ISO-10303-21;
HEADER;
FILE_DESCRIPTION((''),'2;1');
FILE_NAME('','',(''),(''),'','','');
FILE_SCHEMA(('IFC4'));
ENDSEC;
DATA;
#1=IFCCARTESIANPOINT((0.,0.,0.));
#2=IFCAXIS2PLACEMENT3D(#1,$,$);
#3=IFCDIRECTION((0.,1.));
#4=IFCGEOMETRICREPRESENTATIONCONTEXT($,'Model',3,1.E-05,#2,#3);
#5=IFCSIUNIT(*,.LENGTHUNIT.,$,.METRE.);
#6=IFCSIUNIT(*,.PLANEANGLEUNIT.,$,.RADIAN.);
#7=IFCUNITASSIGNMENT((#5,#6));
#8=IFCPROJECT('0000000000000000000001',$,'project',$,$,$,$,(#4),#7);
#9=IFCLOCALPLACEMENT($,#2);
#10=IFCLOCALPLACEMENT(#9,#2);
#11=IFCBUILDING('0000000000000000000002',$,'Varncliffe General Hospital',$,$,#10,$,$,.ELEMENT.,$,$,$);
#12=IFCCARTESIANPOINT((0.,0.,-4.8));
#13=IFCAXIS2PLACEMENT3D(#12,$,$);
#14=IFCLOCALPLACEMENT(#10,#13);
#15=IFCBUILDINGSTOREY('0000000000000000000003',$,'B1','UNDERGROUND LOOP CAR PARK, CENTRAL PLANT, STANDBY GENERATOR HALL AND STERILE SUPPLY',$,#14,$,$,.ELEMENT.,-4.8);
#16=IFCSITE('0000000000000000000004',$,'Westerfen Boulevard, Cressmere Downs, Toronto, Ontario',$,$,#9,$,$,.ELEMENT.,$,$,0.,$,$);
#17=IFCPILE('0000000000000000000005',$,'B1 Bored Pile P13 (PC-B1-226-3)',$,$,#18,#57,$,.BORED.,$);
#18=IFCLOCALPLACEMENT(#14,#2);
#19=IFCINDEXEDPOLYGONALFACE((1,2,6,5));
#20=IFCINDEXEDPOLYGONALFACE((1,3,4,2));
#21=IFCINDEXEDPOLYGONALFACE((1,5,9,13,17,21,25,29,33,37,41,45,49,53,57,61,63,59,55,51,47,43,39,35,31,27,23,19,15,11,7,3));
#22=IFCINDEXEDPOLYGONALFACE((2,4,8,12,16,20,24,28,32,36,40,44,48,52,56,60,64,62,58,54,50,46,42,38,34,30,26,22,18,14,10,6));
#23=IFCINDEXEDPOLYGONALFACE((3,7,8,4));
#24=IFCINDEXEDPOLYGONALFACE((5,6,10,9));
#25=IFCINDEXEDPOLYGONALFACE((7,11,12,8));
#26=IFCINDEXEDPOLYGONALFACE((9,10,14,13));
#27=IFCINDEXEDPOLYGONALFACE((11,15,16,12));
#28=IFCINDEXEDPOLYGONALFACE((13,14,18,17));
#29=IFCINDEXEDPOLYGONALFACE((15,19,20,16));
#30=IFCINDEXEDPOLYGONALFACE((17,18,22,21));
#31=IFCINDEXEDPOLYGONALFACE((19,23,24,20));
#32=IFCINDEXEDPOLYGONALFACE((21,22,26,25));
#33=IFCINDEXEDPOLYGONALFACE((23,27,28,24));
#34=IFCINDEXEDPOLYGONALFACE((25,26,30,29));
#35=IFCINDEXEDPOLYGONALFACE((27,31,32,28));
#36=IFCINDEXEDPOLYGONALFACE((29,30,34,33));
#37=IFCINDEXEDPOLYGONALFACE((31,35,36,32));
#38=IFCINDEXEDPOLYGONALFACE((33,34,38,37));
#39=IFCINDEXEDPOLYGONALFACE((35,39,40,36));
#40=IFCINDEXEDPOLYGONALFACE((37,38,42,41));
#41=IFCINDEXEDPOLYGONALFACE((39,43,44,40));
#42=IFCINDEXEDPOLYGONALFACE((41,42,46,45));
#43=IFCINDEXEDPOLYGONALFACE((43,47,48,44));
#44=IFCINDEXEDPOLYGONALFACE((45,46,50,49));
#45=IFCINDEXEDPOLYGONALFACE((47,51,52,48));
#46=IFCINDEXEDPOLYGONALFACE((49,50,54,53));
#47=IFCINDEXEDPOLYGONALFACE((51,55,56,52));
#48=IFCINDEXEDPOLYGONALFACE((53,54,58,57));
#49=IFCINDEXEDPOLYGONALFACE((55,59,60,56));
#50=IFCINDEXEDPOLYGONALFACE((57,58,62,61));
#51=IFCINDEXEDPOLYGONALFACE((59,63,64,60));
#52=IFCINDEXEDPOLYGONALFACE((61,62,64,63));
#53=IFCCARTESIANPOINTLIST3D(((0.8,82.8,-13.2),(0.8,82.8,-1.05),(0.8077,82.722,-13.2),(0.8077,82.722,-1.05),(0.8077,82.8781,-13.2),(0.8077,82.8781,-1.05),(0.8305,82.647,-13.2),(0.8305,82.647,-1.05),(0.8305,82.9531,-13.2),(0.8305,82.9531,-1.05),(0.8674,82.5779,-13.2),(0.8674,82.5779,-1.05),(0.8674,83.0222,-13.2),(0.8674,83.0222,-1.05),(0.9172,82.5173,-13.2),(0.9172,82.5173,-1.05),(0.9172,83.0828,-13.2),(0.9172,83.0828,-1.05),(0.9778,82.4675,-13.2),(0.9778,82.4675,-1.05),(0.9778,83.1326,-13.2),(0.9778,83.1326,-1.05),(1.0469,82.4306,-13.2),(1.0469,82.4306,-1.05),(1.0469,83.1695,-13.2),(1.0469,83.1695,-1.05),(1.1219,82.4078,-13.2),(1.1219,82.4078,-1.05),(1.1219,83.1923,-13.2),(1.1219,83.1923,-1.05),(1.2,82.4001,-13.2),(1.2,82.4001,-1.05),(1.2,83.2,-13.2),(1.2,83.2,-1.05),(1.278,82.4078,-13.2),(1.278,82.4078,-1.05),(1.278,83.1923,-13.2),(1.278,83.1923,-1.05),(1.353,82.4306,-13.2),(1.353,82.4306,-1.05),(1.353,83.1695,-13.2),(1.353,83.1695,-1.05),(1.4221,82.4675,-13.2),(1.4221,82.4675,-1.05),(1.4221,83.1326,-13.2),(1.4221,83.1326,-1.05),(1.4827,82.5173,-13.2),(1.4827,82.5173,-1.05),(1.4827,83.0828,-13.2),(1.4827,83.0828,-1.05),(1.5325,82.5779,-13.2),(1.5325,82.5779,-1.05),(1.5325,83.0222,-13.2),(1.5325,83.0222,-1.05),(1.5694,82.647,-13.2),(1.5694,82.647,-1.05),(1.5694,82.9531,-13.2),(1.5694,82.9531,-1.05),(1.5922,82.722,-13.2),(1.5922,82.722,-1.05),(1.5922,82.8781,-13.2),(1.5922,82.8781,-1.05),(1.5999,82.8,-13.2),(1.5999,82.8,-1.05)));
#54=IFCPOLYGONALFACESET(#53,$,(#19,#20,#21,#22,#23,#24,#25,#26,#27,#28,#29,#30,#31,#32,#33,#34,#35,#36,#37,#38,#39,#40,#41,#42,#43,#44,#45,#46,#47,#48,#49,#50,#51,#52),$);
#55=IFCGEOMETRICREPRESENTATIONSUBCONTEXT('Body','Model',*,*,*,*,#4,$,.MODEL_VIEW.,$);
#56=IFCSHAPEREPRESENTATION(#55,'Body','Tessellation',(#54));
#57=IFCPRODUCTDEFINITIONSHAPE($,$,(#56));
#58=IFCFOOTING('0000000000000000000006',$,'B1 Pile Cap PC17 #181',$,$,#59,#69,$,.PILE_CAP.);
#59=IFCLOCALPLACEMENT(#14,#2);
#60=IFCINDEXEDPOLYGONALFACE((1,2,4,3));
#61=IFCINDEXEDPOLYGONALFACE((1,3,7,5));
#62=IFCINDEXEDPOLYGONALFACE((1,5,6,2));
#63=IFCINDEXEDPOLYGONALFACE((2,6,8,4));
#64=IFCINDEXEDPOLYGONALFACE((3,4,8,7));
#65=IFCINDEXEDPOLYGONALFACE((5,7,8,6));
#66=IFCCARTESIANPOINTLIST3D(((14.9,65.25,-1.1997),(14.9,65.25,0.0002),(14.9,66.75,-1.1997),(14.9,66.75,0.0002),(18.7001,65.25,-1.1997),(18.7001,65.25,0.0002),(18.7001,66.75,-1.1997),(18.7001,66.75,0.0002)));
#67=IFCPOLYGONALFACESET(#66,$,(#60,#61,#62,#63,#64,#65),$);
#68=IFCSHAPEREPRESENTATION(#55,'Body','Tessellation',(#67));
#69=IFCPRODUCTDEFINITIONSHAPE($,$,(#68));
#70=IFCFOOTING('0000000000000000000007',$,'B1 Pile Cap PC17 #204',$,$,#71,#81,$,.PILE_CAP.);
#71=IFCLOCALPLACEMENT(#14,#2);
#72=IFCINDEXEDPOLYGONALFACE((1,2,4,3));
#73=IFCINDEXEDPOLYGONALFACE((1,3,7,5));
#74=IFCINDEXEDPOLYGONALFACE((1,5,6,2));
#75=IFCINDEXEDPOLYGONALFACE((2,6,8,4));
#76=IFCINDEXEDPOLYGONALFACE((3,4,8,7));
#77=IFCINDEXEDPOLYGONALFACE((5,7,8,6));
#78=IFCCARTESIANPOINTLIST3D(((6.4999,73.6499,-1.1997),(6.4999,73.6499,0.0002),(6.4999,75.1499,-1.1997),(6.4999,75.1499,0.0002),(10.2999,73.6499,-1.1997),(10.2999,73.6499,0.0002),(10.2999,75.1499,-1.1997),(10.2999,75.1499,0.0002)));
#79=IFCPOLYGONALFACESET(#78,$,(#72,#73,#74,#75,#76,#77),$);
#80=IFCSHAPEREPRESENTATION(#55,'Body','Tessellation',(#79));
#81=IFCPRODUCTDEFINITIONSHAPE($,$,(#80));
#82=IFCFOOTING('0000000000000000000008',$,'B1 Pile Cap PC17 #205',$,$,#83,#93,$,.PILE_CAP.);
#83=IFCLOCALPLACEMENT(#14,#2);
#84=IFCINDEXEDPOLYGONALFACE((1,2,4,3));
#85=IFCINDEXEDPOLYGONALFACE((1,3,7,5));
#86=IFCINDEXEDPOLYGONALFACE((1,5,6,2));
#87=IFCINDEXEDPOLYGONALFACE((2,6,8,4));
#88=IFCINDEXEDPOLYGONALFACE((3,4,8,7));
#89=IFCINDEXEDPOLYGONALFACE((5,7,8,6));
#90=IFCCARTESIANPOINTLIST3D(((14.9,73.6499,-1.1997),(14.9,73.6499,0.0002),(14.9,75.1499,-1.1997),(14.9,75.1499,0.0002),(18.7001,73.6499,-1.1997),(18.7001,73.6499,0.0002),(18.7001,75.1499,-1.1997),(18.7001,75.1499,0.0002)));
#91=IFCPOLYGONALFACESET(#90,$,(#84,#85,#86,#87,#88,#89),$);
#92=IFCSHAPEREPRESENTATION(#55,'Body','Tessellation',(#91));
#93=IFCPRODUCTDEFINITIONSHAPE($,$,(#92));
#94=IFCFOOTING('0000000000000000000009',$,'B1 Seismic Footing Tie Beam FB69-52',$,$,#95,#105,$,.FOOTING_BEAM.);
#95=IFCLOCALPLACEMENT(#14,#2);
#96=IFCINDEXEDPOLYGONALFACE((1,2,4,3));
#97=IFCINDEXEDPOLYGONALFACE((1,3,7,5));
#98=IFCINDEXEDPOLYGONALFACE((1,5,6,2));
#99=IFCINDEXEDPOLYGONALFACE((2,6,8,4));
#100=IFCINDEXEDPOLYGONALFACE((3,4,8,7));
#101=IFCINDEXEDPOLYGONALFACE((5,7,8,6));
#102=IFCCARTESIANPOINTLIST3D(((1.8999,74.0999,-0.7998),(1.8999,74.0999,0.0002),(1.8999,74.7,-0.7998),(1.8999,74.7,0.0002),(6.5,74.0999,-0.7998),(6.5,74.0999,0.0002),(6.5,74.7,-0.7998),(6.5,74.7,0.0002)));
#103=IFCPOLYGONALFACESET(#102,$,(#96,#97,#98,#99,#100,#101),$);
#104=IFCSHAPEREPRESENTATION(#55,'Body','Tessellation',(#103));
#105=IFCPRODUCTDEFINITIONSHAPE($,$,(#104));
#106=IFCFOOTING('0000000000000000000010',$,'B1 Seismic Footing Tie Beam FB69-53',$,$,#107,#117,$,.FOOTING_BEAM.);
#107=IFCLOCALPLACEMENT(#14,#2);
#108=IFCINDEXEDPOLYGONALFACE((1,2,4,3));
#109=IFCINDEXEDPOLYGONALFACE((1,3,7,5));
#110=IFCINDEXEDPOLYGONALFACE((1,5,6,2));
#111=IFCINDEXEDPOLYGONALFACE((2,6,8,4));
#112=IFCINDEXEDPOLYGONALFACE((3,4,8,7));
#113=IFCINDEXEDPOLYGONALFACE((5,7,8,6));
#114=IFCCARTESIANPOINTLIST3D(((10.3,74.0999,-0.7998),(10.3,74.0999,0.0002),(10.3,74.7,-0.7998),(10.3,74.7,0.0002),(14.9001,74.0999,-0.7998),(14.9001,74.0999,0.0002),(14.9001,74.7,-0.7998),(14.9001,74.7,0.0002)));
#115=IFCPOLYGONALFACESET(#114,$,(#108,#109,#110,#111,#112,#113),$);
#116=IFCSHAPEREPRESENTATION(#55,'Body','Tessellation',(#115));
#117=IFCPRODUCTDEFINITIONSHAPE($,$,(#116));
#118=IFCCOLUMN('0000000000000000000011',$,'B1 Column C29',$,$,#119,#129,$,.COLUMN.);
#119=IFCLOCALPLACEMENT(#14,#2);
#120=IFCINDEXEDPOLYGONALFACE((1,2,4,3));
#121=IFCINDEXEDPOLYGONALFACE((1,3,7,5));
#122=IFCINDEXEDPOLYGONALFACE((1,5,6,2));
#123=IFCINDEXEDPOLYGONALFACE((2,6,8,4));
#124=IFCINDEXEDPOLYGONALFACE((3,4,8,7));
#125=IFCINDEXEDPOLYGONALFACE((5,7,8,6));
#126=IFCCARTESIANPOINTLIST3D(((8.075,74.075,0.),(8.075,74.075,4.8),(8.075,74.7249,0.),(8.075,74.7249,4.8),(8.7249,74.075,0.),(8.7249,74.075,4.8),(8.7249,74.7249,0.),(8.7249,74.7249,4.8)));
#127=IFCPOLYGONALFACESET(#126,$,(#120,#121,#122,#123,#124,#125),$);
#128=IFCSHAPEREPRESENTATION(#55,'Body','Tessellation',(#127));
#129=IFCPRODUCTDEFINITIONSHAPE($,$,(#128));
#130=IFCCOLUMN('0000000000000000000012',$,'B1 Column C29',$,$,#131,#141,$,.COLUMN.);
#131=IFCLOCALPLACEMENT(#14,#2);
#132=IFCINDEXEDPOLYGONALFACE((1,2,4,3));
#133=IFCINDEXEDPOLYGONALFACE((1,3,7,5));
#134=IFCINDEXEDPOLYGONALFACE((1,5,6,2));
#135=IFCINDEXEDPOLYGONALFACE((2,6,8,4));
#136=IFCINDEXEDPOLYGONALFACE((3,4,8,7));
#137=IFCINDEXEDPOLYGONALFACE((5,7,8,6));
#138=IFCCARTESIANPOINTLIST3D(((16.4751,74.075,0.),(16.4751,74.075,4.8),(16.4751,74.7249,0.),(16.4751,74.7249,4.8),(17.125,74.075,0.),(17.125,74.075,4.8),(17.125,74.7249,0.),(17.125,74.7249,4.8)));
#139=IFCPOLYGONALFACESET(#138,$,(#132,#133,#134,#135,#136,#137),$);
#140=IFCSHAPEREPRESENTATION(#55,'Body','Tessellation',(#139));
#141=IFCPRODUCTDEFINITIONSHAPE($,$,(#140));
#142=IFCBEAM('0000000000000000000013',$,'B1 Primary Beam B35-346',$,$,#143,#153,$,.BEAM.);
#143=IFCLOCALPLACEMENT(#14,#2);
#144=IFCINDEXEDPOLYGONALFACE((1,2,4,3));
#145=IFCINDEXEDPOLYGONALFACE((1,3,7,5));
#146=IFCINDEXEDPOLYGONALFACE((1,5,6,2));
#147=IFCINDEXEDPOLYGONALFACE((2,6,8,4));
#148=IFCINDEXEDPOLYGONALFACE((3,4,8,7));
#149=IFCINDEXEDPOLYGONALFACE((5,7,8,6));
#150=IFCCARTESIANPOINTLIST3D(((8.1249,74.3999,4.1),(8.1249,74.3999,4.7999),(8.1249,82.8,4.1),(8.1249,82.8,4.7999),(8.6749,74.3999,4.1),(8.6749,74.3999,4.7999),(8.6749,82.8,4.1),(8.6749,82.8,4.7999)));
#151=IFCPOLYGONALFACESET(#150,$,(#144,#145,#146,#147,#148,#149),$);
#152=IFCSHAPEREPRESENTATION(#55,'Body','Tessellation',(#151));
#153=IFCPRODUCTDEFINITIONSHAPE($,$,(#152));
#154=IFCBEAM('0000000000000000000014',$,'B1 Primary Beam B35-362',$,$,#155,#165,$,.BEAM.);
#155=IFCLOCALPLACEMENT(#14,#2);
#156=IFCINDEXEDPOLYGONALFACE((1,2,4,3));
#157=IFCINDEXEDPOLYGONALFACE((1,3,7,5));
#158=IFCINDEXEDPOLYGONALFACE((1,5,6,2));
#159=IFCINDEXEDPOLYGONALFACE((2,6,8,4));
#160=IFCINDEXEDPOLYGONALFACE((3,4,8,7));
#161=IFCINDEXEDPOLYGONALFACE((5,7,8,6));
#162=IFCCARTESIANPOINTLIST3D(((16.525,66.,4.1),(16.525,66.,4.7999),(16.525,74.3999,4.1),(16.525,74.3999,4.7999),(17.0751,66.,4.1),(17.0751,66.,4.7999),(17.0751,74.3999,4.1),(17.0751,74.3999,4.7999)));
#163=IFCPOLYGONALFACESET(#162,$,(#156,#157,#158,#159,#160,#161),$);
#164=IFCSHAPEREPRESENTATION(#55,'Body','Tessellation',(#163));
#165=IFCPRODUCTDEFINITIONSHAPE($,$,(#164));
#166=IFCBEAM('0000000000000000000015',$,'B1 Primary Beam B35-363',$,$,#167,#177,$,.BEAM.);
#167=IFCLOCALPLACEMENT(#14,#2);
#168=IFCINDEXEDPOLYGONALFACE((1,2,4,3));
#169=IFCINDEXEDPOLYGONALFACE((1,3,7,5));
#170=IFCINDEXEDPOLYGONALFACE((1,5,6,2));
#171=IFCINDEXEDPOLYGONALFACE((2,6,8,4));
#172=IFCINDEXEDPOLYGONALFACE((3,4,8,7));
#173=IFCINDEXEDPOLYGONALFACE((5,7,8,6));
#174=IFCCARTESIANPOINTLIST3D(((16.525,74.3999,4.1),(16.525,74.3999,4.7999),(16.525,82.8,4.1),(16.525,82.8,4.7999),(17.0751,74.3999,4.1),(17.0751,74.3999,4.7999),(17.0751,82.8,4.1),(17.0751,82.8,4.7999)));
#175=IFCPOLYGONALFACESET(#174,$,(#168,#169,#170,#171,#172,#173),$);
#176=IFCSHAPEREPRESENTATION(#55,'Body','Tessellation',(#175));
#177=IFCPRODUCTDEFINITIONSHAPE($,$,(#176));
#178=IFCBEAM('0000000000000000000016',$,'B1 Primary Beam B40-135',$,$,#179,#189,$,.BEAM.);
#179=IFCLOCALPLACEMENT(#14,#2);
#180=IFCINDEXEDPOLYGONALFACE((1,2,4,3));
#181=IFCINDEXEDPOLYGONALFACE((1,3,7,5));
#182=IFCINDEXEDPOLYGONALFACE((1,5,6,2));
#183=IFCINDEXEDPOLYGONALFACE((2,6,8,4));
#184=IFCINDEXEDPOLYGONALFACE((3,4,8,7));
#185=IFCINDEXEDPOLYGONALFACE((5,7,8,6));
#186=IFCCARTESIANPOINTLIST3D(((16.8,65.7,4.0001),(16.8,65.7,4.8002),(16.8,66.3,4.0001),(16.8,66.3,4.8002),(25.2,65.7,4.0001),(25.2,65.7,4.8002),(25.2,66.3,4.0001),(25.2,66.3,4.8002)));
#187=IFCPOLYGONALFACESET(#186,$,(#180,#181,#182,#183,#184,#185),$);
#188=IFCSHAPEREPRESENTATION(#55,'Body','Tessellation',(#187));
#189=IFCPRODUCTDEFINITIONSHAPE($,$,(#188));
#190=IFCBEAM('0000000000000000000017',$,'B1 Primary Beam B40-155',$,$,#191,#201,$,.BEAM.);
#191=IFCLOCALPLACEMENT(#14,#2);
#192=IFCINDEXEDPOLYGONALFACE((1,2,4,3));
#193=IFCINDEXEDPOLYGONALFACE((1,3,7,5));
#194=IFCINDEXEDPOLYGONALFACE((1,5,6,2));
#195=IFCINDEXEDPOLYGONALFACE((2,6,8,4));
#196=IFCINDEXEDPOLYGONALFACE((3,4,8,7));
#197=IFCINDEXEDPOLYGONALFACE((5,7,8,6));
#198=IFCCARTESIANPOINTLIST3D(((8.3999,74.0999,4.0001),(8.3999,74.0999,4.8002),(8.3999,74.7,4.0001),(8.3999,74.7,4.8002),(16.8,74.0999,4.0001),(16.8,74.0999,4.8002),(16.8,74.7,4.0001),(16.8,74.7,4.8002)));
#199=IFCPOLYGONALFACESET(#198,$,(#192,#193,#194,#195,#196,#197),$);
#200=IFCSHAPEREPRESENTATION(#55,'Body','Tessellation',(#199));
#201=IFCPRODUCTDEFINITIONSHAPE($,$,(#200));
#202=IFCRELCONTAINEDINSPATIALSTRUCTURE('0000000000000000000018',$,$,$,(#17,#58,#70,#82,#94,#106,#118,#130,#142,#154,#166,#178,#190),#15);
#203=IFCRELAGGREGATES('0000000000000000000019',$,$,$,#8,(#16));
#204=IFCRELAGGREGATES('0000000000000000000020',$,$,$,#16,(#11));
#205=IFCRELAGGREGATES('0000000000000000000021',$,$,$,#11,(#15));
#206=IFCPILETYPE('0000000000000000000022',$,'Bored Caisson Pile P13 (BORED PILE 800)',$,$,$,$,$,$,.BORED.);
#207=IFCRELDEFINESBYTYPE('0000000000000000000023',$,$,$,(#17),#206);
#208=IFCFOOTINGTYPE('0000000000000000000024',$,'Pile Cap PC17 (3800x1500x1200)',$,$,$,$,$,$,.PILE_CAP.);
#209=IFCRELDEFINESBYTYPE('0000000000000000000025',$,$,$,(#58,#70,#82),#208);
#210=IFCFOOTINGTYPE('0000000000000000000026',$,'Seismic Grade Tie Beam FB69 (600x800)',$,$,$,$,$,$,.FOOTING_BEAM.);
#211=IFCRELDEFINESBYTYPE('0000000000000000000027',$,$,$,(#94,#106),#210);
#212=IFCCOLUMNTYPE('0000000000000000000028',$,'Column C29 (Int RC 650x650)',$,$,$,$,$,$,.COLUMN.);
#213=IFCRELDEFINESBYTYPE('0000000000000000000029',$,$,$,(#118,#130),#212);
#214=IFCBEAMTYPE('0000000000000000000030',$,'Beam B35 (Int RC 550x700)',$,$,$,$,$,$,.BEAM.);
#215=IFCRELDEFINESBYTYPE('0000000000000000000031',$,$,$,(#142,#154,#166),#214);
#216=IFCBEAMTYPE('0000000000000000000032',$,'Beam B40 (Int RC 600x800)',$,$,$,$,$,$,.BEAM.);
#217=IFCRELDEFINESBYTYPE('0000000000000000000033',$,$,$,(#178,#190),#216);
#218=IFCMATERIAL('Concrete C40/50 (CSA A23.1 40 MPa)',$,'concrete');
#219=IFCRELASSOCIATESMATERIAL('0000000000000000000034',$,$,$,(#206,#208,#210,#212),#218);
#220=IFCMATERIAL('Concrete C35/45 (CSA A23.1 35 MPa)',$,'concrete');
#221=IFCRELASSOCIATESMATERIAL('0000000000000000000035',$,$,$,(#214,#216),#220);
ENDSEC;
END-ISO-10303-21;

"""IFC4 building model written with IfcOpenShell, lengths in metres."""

from ifc_helpers import new_model, si_unit, direction, frame, origin, origin_2d, place, context, subcontext, project, spatial, rectangle, circle, extrude, material, material_profile, profile_set, type_object, element, save


model = new_model("IFC4")

# Units and contexts
model_context = context("Model", 3, precision=1e-05, world=origin(), true_north=direction((0.0, 1.0)))
body_context = subcontext(model_context, "Body", "Model", "MODEL_VIEW")
ifc_project = project(units=[si_unit("LENGTHUNIT", "METRE"), si_unit("PLANEANGLEUNIT", "RADIAN")], contexts=[model_context])

# Site, building, storey
site_placement = place(None, origin())
site = spatial("IfcSite", under=ifc_project, at=site_placement, Name="Westerfen Boulevard, Cressmere Downs, Toronto, Ontario", CompositionType="ELEMENT", RefElevation=0.0)
building_placement = place(site_placement, origin())
building = spatial("IfcBuilding", under=site, at=building_placement, Name="Varncliffe General Hospital", CompositionType="ELEMENT")
storey_placement = place(building_placement, frame((0.0, 0.0, -4.8)))
storey = spatial("IfcBuildingStorey", under=building, at=storey_placement, Name="B1", Description="UNDERGROUND LOOP CAR PARK, CENTRAL PLANT, STANDBY GENERATOR HALL AND STERILE SUPPLY", CompositionType="ELEMENT", Elevation=-4.8)

# Pile
ifc_material_1 = material(Name="Concrete C40/50 (CSA A23.1 40 MPa)", Category="concrete")
ifc_material_profile_1 = material_profile(ifc_material_1, circle(Radius=0.3999, at=origin_2d()), Name="BORED PILE 800")
ifc_profile_set_1 = profile_set([ifc_material_profile_1], Name="Concrete C40/50 (CSA A23.1 40 MPa)")
pile_type = type_object("IfcPileType", Name="Bored Caisson Pile P13 (BORED PILE 800)", PredefinedType="BORED", material=ifc_profile_set_1)
for number, where, z_axis, x_axis, name in (
    (1, (1.2, 82.8, -1.05), (0.0, 0.0, -1.0), (1.0, 0.0, 0.0), "B1 Bored Pile P13 (PC-B1-226-3)"),
):
    element("IfcPile", number, at=place(storey_placement, frame(where, z_axis=z_axis, x_axis=x_axis)), inside=storey, type_object=pile_type, Name=name, PredefinedType="BORED", context=body_context, shape_type="SweptSolid", body=[
        extrude(circle(Radius=0.3999, at=origin_2d()), origin(), (0.0, 0.0, 1.0), 12.1499),
    ])

# Footings
footing_type_1 = type_object("IfcFootingType", Name="Pile Cap PC17 (3800x1500x1200)", PredefinedType="PILE_CAP", material=ifc_material_1)
for number, where, z_axis, x_axis, name in (
    (2, (16.8, 66.0, -1.1997), (0.0, 0.0, 1.0), (1.0, 0.0, 0.0), "B1 Pile Cap PC17 #181"),
    (3, (8.3999, 74.3999, -1.1997), (0.0, 0.0, 1.0), (1.0, 0.0, 0.0), "B1 Pile Cap PC17 #204"),
    (4, (16.8, 74.3999, -1.1997), (0.0, 0.0, 1.0), (1.0, 0.0, 0.0), "B1 Pile Cap PC17 #205"),
):
    element("IfcFooting", number, at=place(storey_placement, frame(where, z_axis=z_axis, x_axis=x_axis)), inside=storey, type_object=footing_type_1, Name=name, PredefinedType="PILE_CAP", context=body_context, shape_type="SweptSolid", body=[
        extrude(rectangle(XDim=3.8, YDim=1.5, at=origin_2d()), origin(), (0.0, 0.0, 1.0), 1.2),
    ])
footing_type_2 = type_object("IfcFootingType", Name="Seismic Grade Tie Beam FB69 (600x800)", PredefinedType="FOOTING_BEAM", material=ifc_material_1)
for number, where, z_axis, x_axis, name in (
    (5, (4.2, 74.3999, -0.7998), (0.0, 0.0, 1.0), (1.0, 0.0, 0.0), "B1 Seismic Footing Tie Beam FB69-52"),
    (6, (12.6001, 74.3999, -0.7998), (0.0, 0.0, 1.0), (1.0, 0.0, 0.0), "B1 Seismic Footing Tie Beam FB69-53"),
):
    element("IfcFooting", number, at=place(storey_placement, frame(where, z_axis=z_axis, x_axis=x_axis)), inside=storey, type_object=footing_type_2, Name=name, PredefinedType="FOOTING_BEAM", context=body_context, shape_type="SweptSolid", body=[
        extrude(rectangle(XDim=4.6001, YDim=0.6001, at=origin_2d()), origin(), (0.0, 0.0, 1.0), 0.8),
    ])

# Columns
ifc_material_profile_2 = material_profile(ifc_material_1, rectangle(XDim=0.6499, YDim=0.6499, at=origin_2d()), Name="RC 650x650")
ifc_profile_set_2 = profile_set([ifc_material_profile_2], Name="Concrete C40/50 (CSA A23.1 40 MPa)")
column_type = type_object("IfcColumnType", Name="Column C29 (Int RC 650x650)", PredefinedType="COLUMN", material=ifc_profile_set_2)
for number, where, z_axis, x_axis, name in (
    (7, (8.3999, 74.3999, 0.0), (0.0, 0.0, 1.0), (1.0, 0.0, 0.0), "B1 Column C29"),
    (8, (16.8, 74.3999, 0.0), (0.0, 0.0, 1.0), (1.0, 0.0, 0.0), "B1 Column C29"),
):
    element("IfcColumn", number, at=place(storey_placement, frame(where, z_axis=z_axis, x_axis=x_axis)), inside=storey, type_object=column_type, Name=name, PredefinedType="COLUMN", context=body_context, shape_type="SweptSolid", body=[
        extrude(rectangle(XDim=0.6499, YDim=0.6499, at=origin_2d()), origin(), (0.0, 0.0, 1.0), 4.8),
    ])

# Beams
ifc_material_2 = material(Name="Concrete C35/45 (CSA A23.1 35 MPa)", Category="concrete")
ifc_material_profile_3 = material_profile(ifc_material_2, rectangle(XDim=0.55, YDim=0.7, at=origin_2d()), Name="RC 550x700")
ifc_profile_set_3 = profile_set([ifc_material_profile_3], Name="Concrete C35/45 (CSA A23.1 35 MPa)")
beam_type_1 = type_object("IfcBeamType", Name="Beam B35 (Int RC 550x700)", PredefinedType="BEAM", material=ifc_profile_set_3)
beam_1_placement = place(storey_placement, frame((8.3999, 74.3999, 4.45), z_axis=(0.0, 1.0, 0.0), x_axis=(-1.0, 0.0, 0.0)))
element("IfcBeam", 9, at=beam_1_placement, inside=storey, type_object=beam_type_1, Name="B1 Primary Beam B35-346", PredefinedType="BEAM", context=body_context, shape_type="SweptSolid", body=[
    extrude(rectangle(XDim=0.55, YDim=0.7, at=origin_2d()), origin(), (0.0, 0.0, 1.0), 8.4001),
])
beam_2_placement = place(storey_placement, frame((16.8, 66.0, 4.45), z_axis=(0.0, 1.0, 0.0), x_axis=(-1.0, 0.0, 0.0)))
element("IfcBeam", 10, at=beam_2_placement, inside=storey, type_object=beam_type_1, Name="B1 Primary Beam B35-362", PredefinedType="BEAM", context=body_context, shape_type="SweptSolid", body=[
    extrude(rectangle(XDim=0.55, YDim=0.7, at=origin_2d()), origin(), (0.0, 0.0, 1.0), 8.3999),
])
beam_3_placement = place(storey_placement, frame((16.8, 74.3999, 4.45), z_axis=(0.0, 1.0, 0.0), x_axis=(-1.0, 0.0, 0.0)))
element("IfcBeam", 11, at=beam_3_placement, inside=storey, type_object=beam_type_1, Name="B1 Primary Beam B35-363", PredefinedType="BEAM", context=body_context, shape_type="SweptSolid", body=[
    extrude(rectangle(XDim=0.55, YDim=0.7, at=origin_2d()), origin(), (0.0, 0.0, 1.0), 8.4001),
])
ifc_material_profile_4 = material_profile(ifc_material_2, rectangle(XDim=0.6001, YDim=0.8, at=origin_2d()), Name="RC 600x800")
ifc_profile_set_4 = profile_set([ifc_material_profile_4], Name="Concrete C35/45 (CSA A23.1 35 MPa)")
beam_type_2 = type_object("IfcBeamType", Name="Beam B40 (Int RC 600x800)", PredefinedType="BEAM", material=ifc_profile_set_4)
beam_4_placement = place(storey_placement, frame((16.8, 66.0, 4.4001), z_axis=(1.0, 0.0, 0.0), x_axis=(0.0, 1.0, 0.0)))
element("IfcBeam", 12, at=beam_4_placement, inside=storey, type_object=beam_type_2, Name="B1 Primary Beam B40-135", PredefinedType="BEAM", context=body_context, shape_type="SweptSolid", body=[
    extrude(rectangle(XDim=0.6001, YDim=0.8, at=origin_2d()), origin(), (0.0, 0.0, 1.0), 8.3999),
])
beam_5_placement = place(storey_placement, frame((8.3999, 74.3999, 4.4001), z_axis=(1.0, 0.0, 0.0), x_axis=(0.0, 1.0, 0.0)))
element("IfcBeam", 13, at=beam_5_placement, inside=storey, type_object=beam_type_2, Name="B1 Primary Beam B40-155", PredefinedType="BEAM", context=body_context, shape_type="SweptSolid", body=[
    extrude(rectangle(XDim=0.6001, YDim=0.8, at=origin_2d()), origin(), (0.0, 0.0, 1.0), 8.4001),
])

save(model, "model.ifc")
